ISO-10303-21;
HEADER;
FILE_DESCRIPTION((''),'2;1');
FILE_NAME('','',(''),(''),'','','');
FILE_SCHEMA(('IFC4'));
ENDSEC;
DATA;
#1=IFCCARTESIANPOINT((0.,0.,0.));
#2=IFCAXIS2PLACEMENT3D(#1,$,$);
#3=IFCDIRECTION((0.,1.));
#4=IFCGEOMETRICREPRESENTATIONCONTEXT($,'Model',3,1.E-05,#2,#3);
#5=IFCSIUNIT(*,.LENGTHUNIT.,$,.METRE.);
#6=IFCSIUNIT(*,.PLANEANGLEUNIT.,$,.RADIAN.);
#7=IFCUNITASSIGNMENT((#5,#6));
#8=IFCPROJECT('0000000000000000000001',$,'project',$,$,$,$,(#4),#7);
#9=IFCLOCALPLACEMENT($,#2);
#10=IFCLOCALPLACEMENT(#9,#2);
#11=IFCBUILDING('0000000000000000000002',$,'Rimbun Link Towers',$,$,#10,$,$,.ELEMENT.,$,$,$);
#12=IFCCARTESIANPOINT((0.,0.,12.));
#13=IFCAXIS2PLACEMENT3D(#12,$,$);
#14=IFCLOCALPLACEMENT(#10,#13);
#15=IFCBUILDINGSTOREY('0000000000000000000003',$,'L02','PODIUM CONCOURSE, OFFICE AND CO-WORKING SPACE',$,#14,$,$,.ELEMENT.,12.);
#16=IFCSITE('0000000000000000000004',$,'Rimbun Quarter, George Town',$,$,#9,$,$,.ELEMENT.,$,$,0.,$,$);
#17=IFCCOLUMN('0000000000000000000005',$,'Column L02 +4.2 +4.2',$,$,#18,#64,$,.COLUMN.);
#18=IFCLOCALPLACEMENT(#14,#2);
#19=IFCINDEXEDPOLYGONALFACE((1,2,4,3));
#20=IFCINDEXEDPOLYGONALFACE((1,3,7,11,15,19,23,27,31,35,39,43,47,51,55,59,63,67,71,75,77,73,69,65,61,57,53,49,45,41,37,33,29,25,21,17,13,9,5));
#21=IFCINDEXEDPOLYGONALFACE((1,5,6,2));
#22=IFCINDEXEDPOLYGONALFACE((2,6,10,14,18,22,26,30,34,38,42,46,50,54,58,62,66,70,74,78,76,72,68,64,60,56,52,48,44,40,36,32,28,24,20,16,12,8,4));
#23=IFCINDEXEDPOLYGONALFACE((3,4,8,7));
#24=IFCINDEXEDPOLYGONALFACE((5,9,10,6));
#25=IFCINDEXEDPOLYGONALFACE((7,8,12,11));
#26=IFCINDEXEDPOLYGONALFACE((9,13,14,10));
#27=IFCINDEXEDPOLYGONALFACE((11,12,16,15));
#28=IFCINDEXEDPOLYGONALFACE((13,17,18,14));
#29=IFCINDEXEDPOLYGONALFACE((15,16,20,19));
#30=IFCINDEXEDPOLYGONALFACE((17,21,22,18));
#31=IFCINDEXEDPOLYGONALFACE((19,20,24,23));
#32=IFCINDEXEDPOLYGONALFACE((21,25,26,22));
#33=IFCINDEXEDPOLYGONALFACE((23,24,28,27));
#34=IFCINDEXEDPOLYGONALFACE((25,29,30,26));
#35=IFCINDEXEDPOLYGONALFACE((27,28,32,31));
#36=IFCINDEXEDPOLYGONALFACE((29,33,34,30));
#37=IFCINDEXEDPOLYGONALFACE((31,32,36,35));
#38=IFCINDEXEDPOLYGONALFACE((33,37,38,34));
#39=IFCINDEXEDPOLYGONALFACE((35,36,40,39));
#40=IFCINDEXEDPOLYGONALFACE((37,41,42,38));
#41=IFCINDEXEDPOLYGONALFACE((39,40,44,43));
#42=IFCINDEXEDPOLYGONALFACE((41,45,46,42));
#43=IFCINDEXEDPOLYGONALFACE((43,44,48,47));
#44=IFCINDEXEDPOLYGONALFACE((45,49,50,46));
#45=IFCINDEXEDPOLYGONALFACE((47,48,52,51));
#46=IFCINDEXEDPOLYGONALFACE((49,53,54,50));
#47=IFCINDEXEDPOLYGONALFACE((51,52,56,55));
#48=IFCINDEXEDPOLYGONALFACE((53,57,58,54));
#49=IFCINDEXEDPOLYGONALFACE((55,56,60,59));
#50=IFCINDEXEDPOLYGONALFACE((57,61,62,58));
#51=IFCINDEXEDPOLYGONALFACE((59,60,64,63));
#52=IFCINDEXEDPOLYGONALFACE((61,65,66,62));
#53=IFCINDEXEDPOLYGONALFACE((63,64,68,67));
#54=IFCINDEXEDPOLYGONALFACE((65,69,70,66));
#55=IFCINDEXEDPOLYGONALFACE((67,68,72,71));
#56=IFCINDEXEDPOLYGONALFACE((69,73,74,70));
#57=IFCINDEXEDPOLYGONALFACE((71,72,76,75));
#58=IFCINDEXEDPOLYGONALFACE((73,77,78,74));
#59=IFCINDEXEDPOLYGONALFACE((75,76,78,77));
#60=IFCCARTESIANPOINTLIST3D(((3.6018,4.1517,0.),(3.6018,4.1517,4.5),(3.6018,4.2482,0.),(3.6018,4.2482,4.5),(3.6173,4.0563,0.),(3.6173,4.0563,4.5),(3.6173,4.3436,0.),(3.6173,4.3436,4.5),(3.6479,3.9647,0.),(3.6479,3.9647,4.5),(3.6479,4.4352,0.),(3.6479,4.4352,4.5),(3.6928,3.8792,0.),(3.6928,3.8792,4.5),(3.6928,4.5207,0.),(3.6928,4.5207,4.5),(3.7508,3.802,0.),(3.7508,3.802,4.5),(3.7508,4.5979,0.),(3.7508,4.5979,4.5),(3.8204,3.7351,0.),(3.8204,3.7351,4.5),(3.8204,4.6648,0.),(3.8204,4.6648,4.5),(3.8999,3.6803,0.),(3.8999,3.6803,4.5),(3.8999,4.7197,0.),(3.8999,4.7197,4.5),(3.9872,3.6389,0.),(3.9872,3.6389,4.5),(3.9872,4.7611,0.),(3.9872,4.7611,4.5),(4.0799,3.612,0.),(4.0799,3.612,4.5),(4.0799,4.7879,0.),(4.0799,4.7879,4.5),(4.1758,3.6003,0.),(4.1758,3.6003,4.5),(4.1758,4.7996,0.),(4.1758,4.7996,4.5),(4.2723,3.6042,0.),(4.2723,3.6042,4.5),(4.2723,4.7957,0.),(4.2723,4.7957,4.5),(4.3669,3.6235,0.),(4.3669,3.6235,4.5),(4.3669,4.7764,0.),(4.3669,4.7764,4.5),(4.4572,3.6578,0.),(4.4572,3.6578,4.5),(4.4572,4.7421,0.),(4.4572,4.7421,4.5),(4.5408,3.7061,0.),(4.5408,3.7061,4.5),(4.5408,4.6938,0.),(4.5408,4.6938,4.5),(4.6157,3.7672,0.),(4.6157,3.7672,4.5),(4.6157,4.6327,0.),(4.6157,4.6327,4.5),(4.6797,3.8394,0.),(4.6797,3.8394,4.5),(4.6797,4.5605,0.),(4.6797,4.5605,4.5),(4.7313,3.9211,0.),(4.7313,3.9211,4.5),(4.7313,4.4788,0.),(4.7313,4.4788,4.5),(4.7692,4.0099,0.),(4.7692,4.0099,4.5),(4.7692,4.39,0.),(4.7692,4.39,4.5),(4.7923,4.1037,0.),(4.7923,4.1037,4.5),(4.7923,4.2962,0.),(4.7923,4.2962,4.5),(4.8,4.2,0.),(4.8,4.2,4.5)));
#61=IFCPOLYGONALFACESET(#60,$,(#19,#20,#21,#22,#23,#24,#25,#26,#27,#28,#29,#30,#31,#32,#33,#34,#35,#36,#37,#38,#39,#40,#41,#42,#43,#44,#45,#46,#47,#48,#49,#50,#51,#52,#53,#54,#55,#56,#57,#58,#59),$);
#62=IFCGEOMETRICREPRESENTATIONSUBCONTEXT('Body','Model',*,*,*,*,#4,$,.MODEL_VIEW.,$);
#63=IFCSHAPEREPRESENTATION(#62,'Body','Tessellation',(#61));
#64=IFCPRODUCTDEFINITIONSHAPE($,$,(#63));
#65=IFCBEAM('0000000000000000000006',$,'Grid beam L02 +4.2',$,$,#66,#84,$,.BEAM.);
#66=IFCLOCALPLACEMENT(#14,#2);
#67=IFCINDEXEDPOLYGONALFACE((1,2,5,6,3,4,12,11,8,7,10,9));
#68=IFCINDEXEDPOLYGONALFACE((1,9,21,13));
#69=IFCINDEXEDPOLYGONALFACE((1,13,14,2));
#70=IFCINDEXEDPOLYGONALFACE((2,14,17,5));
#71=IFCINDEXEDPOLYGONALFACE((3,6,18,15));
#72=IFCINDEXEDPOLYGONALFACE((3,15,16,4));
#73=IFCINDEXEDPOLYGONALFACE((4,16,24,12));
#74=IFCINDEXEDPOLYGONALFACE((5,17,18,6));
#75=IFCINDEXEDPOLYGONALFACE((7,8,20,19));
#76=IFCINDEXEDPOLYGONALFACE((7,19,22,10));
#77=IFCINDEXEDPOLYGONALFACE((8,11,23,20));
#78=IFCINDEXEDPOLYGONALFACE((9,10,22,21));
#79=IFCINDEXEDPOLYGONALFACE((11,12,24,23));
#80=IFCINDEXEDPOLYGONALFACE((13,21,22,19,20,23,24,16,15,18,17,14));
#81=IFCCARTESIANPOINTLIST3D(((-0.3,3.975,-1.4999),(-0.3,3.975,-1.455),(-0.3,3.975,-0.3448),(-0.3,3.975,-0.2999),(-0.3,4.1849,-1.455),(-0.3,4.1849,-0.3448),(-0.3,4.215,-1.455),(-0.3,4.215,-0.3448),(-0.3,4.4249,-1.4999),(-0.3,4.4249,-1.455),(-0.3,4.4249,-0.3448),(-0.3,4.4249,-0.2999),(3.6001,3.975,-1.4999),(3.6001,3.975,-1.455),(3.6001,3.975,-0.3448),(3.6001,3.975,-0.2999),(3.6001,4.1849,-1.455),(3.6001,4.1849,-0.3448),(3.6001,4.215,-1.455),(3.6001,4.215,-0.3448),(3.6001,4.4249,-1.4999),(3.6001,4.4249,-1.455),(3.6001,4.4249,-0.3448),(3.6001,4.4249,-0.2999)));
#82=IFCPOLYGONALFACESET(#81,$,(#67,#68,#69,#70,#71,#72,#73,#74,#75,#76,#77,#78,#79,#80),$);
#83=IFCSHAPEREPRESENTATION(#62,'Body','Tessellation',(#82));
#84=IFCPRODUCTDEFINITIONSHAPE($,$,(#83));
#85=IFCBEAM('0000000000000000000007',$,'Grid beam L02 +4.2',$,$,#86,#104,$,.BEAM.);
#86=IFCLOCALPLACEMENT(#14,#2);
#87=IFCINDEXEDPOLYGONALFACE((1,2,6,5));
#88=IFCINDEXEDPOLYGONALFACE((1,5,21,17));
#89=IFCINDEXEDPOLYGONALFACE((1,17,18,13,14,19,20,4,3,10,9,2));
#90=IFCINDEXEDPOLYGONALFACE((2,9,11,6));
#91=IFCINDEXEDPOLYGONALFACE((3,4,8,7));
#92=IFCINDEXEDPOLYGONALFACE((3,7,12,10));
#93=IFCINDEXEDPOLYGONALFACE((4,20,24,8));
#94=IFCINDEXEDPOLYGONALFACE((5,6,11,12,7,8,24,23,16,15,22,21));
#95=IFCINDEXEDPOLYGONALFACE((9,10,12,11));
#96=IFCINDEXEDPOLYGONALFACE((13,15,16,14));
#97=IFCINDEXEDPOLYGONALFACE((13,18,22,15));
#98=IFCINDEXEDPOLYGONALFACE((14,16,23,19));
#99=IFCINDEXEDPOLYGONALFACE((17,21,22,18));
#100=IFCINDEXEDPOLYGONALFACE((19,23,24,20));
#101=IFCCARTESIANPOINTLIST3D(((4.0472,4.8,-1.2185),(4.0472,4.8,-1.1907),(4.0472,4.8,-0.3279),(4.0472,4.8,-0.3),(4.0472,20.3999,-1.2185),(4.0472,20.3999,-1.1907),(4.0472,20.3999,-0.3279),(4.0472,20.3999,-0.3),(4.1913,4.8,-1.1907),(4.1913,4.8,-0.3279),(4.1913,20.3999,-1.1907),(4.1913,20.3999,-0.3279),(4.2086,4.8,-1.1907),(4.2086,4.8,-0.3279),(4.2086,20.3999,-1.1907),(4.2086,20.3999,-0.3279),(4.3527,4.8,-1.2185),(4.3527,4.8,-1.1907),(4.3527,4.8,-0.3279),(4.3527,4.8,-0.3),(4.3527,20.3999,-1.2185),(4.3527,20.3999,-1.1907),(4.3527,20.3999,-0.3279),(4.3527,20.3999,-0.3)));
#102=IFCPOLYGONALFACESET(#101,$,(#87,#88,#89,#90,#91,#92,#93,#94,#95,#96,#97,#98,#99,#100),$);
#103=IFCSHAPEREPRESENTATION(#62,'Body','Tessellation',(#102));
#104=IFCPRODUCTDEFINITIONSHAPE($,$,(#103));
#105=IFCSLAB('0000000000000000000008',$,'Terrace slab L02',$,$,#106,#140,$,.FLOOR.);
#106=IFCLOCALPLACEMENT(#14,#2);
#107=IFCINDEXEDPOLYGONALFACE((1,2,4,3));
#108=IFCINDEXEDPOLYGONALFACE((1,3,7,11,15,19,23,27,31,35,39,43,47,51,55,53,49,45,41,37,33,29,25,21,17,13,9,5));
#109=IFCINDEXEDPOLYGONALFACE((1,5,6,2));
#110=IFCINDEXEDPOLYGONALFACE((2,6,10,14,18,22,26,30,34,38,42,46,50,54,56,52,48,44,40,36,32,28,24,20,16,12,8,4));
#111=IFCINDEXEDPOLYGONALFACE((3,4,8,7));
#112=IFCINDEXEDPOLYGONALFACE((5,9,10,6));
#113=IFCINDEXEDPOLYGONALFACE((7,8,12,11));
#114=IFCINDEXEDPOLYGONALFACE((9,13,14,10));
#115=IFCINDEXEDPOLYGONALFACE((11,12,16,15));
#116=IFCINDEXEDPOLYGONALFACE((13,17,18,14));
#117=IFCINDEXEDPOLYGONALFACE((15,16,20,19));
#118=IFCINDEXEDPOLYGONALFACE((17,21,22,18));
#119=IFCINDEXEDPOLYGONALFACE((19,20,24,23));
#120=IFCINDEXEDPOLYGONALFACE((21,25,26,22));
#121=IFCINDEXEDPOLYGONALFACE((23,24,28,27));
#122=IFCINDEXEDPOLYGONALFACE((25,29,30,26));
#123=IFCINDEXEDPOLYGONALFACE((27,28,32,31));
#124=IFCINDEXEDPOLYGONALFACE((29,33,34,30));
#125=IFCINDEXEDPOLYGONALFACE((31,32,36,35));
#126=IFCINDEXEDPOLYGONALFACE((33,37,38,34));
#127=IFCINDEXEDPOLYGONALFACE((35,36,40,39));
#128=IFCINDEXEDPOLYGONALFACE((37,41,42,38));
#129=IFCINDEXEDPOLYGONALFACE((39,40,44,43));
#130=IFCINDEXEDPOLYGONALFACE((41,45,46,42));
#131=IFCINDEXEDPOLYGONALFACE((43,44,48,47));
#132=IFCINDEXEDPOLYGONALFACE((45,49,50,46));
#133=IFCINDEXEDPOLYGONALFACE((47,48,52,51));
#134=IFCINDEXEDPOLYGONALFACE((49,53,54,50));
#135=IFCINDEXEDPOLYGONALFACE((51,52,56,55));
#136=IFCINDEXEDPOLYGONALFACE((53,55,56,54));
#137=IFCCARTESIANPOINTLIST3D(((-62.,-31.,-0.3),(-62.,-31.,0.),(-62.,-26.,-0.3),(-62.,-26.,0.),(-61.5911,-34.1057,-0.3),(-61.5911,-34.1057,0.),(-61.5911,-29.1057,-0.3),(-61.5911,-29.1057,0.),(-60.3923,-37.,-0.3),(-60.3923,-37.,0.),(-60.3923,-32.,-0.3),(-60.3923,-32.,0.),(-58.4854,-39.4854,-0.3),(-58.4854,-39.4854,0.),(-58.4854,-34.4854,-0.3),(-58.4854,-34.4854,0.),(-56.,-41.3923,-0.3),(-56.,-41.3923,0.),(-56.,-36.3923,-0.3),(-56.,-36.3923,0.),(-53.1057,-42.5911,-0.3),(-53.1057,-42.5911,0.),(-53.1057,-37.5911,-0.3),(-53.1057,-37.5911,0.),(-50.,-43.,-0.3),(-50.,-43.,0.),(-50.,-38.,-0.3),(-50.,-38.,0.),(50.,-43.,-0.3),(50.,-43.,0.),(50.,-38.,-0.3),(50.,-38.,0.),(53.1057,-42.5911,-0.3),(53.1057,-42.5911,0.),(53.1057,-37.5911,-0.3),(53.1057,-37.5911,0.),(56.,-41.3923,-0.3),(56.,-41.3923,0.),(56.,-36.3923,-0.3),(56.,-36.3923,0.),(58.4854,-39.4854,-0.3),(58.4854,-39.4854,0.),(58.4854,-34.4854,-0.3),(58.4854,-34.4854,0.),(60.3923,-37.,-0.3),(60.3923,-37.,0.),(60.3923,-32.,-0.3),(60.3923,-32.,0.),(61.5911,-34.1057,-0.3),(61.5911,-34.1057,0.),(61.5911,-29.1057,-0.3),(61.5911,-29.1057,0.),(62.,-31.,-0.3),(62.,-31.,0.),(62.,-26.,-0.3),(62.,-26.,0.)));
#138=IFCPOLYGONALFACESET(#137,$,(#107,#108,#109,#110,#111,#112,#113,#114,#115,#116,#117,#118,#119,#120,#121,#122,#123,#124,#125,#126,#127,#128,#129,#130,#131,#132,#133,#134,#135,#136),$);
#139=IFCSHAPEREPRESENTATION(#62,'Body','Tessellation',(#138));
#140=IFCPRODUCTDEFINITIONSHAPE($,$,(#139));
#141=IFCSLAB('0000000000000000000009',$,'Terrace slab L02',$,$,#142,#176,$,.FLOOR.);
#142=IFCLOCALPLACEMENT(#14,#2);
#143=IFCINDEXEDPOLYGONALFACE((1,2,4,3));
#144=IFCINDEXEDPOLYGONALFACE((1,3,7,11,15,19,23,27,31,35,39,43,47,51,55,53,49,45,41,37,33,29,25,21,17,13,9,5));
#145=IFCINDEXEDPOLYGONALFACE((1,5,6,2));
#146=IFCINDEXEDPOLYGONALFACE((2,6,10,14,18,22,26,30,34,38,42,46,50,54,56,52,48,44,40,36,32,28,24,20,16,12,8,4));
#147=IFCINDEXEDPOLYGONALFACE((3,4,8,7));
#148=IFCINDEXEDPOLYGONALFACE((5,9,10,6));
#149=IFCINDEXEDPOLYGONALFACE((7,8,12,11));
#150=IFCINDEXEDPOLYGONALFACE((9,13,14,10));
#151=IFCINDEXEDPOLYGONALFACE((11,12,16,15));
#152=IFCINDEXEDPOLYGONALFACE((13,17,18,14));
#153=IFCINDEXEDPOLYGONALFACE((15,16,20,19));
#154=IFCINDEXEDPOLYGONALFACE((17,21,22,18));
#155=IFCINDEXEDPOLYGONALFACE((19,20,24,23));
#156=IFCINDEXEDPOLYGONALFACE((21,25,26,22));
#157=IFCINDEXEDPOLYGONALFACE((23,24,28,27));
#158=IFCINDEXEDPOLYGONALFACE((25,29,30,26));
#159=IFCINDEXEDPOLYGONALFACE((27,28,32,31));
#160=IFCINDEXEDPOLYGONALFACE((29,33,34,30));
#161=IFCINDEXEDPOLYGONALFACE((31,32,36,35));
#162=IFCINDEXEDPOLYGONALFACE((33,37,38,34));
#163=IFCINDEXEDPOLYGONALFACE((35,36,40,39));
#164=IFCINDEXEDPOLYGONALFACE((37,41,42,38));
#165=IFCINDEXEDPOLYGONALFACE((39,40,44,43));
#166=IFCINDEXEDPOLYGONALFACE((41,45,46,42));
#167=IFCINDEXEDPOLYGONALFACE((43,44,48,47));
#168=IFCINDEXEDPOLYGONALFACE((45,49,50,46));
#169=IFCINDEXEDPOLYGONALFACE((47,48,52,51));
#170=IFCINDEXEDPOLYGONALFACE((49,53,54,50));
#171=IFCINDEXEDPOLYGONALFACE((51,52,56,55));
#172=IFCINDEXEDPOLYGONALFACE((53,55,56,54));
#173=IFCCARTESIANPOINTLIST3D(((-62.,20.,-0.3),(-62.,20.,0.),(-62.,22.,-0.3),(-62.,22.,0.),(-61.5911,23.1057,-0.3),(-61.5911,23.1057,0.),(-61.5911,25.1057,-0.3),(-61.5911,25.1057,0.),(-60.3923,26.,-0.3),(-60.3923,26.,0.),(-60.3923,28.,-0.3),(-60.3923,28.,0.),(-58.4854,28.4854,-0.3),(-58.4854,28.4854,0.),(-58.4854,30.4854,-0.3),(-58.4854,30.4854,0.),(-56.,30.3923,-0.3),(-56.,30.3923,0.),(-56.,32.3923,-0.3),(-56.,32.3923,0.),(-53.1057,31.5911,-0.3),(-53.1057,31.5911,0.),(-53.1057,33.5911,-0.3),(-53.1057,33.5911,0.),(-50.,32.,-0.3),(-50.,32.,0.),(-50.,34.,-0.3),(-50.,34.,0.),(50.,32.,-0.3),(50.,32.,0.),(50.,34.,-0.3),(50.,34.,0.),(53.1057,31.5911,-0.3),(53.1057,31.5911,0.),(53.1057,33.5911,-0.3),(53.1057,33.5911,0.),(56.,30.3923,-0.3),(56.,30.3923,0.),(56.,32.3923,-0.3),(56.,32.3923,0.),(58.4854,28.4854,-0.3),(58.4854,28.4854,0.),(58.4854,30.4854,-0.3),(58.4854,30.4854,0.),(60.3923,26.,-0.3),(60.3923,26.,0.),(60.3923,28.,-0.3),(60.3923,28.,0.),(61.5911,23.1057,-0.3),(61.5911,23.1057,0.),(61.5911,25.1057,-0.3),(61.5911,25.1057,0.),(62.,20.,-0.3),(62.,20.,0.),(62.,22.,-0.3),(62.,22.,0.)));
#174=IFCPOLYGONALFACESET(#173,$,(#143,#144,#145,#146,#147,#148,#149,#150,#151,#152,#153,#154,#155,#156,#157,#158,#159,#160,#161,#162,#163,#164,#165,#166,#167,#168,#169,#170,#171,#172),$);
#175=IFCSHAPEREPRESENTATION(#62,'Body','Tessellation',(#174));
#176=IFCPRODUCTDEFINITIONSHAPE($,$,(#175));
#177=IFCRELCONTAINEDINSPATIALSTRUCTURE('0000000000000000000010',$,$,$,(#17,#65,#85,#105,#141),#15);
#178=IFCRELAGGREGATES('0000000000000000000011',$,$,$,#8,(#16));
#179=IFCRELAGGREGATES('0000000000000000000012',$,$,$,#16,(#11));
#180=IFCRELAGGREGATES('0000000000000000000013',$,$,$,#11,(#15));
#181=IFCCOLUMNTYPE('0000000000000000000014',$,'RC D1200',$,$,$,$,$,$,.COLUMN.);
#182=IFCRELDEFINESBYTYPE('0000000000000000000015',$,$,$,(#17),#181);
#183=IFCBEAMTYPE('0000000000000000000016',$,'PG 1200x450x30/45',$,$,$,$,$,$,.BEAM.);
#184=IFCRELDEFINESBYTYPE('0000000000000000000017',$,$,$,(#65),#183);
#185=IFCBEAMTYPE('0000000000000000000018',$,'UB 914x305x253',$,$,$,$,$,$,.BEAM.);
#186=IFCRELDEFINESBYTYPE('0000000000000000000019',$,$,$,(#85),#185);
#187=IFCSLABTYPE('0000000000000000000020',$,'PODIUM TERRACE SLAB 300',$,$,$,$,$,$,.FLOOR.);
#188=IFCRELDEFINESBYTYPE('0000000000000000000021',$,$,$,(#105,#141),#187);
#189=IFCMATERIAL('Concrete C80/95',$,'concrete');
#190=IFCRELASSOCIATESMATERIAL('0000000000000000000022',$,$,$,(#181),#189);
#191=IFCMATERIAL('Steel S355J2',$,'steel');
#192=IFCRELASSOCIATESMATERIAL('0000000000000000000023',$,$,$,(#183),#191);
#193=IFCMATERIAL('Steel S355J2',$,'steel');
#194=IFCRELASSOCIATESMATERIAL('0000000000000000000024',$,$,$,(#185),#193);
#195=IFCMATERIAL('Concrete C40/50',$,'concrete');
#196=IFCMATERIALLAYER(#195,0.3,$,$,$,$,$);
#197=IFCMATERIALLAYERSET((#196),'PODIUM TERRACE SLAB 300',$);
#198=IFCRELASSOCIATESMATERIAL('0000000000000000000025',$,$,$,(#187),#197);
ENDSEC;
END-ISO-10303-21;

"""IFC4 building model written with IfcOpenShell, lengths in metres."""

from ifc_helpers import new_model, si_unit, direction, frame, origin, origin_2d, place, context, subcontext, project, spatial, polyline, circle, i_section, outline, extrude, material, layer, layer_set, material_profile, profile_set, type_object, element, save


model = new_model("IFC4")

# Units and contexts
model_context = context("Model", 3, precision=1e-05, world=origin(), true_north=direction((0.0, 1.0)))
body_context = subcontext(model_context, "Body", "Model", "MODEL_VIEW")
ifc_project = project(units=[si_unit("LENGTHUNIT", "METRE"), si_unit("PLANEANGLEUNIT", "RADIAN")], contexts=[model_context])

# Site, building, storey
site_placement = place(None, origin())
site = spatial("IfcSite", under=ifc_project, at=site_placement, Name="Rimbun Quarter, George Town", CompositionType="ELEMENT", RefElevation=0.0)
building_placement = place(site_placement, origin())
building = spatial("IfcBuilding", under=site, at=building_placement, Name="Rimbun Link Towers", CompositionType="ELEMENT")
storey_placement = place(building_placement, frame((0.0, 0.0, 12.0)))
storey = spatial("IfcBuildingStorey", under=building, at=storey_placement, Name="L02", Description="PODIUM CONCOURSE, OFFICE AND CO-WORKING SPACE", CompositionType="ELEMENT", Elevation=12.0)

# Column
ifc_material_1 = material(Name="Concrete C80/95", Category="concrete")
ifc_material_profile_1 = material_profile(ifc_material_1, circle(Radius=0.6001, at=origin_2d()), Name="RC D1200")
ifc_profile_set_1 = profile_set([ifc_material_profile_1], Name="Concrete C80/95")
column_type = type_object("IfcColumnType", Name="RC D1200", PredefinedType="COLUMN", material=ifc_profile_set_1)
column_placement = place(storey_placement, frame((4.2, 4.2, 0.0), z_axis=(0.0, 0.0, 1.0), x_axis=(1.0, 0.0, 0.0)))
element("IfcColumn", 1, at=column_placement, inside=storey, type_object=column_type, Name="Column L02 +4.2 +4.2", PredefinedType="COLUMN", context=body_context, shape_type="SweptSolid", body=[
    extrude(circle(Radius=0.6001, at=origin_2d()), origin(), (0.0, 0.0, 1.0), 4.5),
])

# Beams
ifc_material_2 = material(Name="Steel S355J2", Category="steel")
ifc_material_profile_2 = material_profile(ifc_material_2, i_section(OverallWidth=0.45, OverallDepth=1.2, WebThickness=0.03, FlangeThickness=0.0449, at=origin_2d()), Name="PG 1200x450x30/45")
ifc_profile_set_2 = profile_set([ifc_material_profile_2], Name="Steel S355J2")
beam_type_1 = type_object("IfcBeamType", Name="PG 1200x450x30/45", PredefinedType="BEAM", material=ifc_profile_set_2)
beam_1_placement = place(storey_placement, frame((-0.3, 4.2, -0.8999), z_axis=(1.0, 0.0, 0.0), x_axis=(0.0, 1.0, 0.0)))
element("IfcBeam", 2, at=beam_1_placement, inside=storey, type_object=beam_type_1, Name="Grid beam L02 +4.2", PredefinedType="BEAM", context=body_context, shape_type="SweptSolid", body=[
    extrude(i_section(OverallWidth=0.45, OverallDepth=1.2, WebThickness=0.03, FlangeThickness=0.0449, at=origin_2d()), origin(), (0.0, 0.0, 1.0), 3.9001),
])
ifc_material_3 = material(Name="Steel S355J2", Category="steel")
ifc_material_profile_3 = material_profile(ifc_material_3, i_section(OverallWidth=0.3054, OverallDepth=0.9185, WebThickness=0.0173, FlangeThickness=0.0278, at=origin_2d()), Name="UB 914x305x253")
ifc_profile_set_3 = profile_set([ifc_material_profile_3], Name="Steel S355J2")
beam_type_2 = type_object("IfcBeamType", Name="UB 914x305x253", PredefinedType="BEAM", material=ifc_profile_set_3)
beam_2_placement = place(storey_placement, frame((4.2, 4.8, -0.7593), z_axis=(0.0, 1.0, 0.0), x_axis=(-1.0, 0.0, 0.0)))
element("IfcBeam", 3, at=beam_2_placement, inside=storey, type_object=beam_type_2, Name="Grid beam L02 +4.2", PredefinedType="BEAM", context=body_context, shape_type="SweptSolid", body=[
    extrude(i_section(OverallWidth=0.3054, OverallDepth=0.9185, WebThickness=0.0173, FlangeThickness=0.0278, at=origin_2d()), origin(), (0.0, 0.0, 1.0), 15.5999),
])

# Slabs
ifc_material_4 = material(Name="Concrete C40/50", Category="concrete")
ifc_layer_1 = layer(ifc_material_4, 0.3)
ifc_layer_set_1 = layer_set([ifc_layer_1], Name="PODIUM TERRACE SLAB 300")
slab_type_1 = type_object("IfcSlabType", Name="PODIUM TERRACE SLAB 300", PredefinedType="FLOOR", material=ifc_layer_set_1)
slab_1_placement = place(storey_placement, frame((0.0, 0.0, -0.3)))
element("IfcSlab", 4, at=slab_1_placement, inside=storey, type_object=slab_type_1, Name="Terrace slab L02", PredefinedType="FLOOR", context=body_context, shape_type="SweptSolid", body=[
    extrude(outline(polyline([(61.5911, -34.1057), (60.3923, -37.0), (58.4854, -39.4854), (56.0, -41.3923), (53.1057, -42.5911), (50.0, -43.0), (-50.0, -43.0), (-53.1057, -42.5911), (-56.0, -41.3923), (-58.4854, -39.4854), (-60.3923, -37.0), (-61.5911, -34.1057), (-62.0, -31.0), (-62.0, -26.0), (-61.5911, -29.1057), (-60.3923, -32.0), (-58.4854, -34.4854), (-56.0, -36.3923), (-53.1057, -37.5911), (-50.0, -38.0), (50.0, -38.0), (53.1057, -37.5911), (56.0, -36.3923), (58.4854, -34.4854), (60.3923, -32.0), (61.5911, -29.1057), (62.0, -26.0), (62.0, -31.0), (61.5911, -34.1057)])), origin(), (0.0, 0.0, 1.0), 0.3),
])
slab_2_placement = place(storey_placement, frame((0.0, 0.0, -0.3)))
element("IfcSlab", 5, at=slab_2_placement, inside=storey, type_object=slab_type_1, Name="Terrace slab L02", PredefinedType="FLOOR", context=body_context, shape_type="SweptSolid", body=[
    extrude(outline(polyline([(-61.5911, 25.1057), (-60.3923, 28.0), (-58.4854, 30.4854), (-56.0, 32.3923), (-53.1057, 33.5911), (-50.0, 34.0), (50.0, 34.0), (53.1057, 33.5911), (56.0, 32.3923), (58.4854, 30.4854), (60.3923, 28.0), (61.5911, 25.1057), (62.0, 22.0), (62.0, 20.0), (61.5911, 23.1057), (60.3923, 26.0), (58.4854, 28.4854), (56.0, 30.3923), (53.1057, 31.5911), (50.0, 32.0), (-50.0, 32.0), (-53.1057, 31.5911), (-56.0, 30.3923), (-58.4854, 28.4854), (-60.3923, 26.0), (-61.5911, 23.1057), (-62.0, 20.0), (-62.0, 22.0), (-61.5911, 25.1057)])), origin(), (0.0, 0.0, 1.0), 0.3),
])

save(model, "model.ifc")
